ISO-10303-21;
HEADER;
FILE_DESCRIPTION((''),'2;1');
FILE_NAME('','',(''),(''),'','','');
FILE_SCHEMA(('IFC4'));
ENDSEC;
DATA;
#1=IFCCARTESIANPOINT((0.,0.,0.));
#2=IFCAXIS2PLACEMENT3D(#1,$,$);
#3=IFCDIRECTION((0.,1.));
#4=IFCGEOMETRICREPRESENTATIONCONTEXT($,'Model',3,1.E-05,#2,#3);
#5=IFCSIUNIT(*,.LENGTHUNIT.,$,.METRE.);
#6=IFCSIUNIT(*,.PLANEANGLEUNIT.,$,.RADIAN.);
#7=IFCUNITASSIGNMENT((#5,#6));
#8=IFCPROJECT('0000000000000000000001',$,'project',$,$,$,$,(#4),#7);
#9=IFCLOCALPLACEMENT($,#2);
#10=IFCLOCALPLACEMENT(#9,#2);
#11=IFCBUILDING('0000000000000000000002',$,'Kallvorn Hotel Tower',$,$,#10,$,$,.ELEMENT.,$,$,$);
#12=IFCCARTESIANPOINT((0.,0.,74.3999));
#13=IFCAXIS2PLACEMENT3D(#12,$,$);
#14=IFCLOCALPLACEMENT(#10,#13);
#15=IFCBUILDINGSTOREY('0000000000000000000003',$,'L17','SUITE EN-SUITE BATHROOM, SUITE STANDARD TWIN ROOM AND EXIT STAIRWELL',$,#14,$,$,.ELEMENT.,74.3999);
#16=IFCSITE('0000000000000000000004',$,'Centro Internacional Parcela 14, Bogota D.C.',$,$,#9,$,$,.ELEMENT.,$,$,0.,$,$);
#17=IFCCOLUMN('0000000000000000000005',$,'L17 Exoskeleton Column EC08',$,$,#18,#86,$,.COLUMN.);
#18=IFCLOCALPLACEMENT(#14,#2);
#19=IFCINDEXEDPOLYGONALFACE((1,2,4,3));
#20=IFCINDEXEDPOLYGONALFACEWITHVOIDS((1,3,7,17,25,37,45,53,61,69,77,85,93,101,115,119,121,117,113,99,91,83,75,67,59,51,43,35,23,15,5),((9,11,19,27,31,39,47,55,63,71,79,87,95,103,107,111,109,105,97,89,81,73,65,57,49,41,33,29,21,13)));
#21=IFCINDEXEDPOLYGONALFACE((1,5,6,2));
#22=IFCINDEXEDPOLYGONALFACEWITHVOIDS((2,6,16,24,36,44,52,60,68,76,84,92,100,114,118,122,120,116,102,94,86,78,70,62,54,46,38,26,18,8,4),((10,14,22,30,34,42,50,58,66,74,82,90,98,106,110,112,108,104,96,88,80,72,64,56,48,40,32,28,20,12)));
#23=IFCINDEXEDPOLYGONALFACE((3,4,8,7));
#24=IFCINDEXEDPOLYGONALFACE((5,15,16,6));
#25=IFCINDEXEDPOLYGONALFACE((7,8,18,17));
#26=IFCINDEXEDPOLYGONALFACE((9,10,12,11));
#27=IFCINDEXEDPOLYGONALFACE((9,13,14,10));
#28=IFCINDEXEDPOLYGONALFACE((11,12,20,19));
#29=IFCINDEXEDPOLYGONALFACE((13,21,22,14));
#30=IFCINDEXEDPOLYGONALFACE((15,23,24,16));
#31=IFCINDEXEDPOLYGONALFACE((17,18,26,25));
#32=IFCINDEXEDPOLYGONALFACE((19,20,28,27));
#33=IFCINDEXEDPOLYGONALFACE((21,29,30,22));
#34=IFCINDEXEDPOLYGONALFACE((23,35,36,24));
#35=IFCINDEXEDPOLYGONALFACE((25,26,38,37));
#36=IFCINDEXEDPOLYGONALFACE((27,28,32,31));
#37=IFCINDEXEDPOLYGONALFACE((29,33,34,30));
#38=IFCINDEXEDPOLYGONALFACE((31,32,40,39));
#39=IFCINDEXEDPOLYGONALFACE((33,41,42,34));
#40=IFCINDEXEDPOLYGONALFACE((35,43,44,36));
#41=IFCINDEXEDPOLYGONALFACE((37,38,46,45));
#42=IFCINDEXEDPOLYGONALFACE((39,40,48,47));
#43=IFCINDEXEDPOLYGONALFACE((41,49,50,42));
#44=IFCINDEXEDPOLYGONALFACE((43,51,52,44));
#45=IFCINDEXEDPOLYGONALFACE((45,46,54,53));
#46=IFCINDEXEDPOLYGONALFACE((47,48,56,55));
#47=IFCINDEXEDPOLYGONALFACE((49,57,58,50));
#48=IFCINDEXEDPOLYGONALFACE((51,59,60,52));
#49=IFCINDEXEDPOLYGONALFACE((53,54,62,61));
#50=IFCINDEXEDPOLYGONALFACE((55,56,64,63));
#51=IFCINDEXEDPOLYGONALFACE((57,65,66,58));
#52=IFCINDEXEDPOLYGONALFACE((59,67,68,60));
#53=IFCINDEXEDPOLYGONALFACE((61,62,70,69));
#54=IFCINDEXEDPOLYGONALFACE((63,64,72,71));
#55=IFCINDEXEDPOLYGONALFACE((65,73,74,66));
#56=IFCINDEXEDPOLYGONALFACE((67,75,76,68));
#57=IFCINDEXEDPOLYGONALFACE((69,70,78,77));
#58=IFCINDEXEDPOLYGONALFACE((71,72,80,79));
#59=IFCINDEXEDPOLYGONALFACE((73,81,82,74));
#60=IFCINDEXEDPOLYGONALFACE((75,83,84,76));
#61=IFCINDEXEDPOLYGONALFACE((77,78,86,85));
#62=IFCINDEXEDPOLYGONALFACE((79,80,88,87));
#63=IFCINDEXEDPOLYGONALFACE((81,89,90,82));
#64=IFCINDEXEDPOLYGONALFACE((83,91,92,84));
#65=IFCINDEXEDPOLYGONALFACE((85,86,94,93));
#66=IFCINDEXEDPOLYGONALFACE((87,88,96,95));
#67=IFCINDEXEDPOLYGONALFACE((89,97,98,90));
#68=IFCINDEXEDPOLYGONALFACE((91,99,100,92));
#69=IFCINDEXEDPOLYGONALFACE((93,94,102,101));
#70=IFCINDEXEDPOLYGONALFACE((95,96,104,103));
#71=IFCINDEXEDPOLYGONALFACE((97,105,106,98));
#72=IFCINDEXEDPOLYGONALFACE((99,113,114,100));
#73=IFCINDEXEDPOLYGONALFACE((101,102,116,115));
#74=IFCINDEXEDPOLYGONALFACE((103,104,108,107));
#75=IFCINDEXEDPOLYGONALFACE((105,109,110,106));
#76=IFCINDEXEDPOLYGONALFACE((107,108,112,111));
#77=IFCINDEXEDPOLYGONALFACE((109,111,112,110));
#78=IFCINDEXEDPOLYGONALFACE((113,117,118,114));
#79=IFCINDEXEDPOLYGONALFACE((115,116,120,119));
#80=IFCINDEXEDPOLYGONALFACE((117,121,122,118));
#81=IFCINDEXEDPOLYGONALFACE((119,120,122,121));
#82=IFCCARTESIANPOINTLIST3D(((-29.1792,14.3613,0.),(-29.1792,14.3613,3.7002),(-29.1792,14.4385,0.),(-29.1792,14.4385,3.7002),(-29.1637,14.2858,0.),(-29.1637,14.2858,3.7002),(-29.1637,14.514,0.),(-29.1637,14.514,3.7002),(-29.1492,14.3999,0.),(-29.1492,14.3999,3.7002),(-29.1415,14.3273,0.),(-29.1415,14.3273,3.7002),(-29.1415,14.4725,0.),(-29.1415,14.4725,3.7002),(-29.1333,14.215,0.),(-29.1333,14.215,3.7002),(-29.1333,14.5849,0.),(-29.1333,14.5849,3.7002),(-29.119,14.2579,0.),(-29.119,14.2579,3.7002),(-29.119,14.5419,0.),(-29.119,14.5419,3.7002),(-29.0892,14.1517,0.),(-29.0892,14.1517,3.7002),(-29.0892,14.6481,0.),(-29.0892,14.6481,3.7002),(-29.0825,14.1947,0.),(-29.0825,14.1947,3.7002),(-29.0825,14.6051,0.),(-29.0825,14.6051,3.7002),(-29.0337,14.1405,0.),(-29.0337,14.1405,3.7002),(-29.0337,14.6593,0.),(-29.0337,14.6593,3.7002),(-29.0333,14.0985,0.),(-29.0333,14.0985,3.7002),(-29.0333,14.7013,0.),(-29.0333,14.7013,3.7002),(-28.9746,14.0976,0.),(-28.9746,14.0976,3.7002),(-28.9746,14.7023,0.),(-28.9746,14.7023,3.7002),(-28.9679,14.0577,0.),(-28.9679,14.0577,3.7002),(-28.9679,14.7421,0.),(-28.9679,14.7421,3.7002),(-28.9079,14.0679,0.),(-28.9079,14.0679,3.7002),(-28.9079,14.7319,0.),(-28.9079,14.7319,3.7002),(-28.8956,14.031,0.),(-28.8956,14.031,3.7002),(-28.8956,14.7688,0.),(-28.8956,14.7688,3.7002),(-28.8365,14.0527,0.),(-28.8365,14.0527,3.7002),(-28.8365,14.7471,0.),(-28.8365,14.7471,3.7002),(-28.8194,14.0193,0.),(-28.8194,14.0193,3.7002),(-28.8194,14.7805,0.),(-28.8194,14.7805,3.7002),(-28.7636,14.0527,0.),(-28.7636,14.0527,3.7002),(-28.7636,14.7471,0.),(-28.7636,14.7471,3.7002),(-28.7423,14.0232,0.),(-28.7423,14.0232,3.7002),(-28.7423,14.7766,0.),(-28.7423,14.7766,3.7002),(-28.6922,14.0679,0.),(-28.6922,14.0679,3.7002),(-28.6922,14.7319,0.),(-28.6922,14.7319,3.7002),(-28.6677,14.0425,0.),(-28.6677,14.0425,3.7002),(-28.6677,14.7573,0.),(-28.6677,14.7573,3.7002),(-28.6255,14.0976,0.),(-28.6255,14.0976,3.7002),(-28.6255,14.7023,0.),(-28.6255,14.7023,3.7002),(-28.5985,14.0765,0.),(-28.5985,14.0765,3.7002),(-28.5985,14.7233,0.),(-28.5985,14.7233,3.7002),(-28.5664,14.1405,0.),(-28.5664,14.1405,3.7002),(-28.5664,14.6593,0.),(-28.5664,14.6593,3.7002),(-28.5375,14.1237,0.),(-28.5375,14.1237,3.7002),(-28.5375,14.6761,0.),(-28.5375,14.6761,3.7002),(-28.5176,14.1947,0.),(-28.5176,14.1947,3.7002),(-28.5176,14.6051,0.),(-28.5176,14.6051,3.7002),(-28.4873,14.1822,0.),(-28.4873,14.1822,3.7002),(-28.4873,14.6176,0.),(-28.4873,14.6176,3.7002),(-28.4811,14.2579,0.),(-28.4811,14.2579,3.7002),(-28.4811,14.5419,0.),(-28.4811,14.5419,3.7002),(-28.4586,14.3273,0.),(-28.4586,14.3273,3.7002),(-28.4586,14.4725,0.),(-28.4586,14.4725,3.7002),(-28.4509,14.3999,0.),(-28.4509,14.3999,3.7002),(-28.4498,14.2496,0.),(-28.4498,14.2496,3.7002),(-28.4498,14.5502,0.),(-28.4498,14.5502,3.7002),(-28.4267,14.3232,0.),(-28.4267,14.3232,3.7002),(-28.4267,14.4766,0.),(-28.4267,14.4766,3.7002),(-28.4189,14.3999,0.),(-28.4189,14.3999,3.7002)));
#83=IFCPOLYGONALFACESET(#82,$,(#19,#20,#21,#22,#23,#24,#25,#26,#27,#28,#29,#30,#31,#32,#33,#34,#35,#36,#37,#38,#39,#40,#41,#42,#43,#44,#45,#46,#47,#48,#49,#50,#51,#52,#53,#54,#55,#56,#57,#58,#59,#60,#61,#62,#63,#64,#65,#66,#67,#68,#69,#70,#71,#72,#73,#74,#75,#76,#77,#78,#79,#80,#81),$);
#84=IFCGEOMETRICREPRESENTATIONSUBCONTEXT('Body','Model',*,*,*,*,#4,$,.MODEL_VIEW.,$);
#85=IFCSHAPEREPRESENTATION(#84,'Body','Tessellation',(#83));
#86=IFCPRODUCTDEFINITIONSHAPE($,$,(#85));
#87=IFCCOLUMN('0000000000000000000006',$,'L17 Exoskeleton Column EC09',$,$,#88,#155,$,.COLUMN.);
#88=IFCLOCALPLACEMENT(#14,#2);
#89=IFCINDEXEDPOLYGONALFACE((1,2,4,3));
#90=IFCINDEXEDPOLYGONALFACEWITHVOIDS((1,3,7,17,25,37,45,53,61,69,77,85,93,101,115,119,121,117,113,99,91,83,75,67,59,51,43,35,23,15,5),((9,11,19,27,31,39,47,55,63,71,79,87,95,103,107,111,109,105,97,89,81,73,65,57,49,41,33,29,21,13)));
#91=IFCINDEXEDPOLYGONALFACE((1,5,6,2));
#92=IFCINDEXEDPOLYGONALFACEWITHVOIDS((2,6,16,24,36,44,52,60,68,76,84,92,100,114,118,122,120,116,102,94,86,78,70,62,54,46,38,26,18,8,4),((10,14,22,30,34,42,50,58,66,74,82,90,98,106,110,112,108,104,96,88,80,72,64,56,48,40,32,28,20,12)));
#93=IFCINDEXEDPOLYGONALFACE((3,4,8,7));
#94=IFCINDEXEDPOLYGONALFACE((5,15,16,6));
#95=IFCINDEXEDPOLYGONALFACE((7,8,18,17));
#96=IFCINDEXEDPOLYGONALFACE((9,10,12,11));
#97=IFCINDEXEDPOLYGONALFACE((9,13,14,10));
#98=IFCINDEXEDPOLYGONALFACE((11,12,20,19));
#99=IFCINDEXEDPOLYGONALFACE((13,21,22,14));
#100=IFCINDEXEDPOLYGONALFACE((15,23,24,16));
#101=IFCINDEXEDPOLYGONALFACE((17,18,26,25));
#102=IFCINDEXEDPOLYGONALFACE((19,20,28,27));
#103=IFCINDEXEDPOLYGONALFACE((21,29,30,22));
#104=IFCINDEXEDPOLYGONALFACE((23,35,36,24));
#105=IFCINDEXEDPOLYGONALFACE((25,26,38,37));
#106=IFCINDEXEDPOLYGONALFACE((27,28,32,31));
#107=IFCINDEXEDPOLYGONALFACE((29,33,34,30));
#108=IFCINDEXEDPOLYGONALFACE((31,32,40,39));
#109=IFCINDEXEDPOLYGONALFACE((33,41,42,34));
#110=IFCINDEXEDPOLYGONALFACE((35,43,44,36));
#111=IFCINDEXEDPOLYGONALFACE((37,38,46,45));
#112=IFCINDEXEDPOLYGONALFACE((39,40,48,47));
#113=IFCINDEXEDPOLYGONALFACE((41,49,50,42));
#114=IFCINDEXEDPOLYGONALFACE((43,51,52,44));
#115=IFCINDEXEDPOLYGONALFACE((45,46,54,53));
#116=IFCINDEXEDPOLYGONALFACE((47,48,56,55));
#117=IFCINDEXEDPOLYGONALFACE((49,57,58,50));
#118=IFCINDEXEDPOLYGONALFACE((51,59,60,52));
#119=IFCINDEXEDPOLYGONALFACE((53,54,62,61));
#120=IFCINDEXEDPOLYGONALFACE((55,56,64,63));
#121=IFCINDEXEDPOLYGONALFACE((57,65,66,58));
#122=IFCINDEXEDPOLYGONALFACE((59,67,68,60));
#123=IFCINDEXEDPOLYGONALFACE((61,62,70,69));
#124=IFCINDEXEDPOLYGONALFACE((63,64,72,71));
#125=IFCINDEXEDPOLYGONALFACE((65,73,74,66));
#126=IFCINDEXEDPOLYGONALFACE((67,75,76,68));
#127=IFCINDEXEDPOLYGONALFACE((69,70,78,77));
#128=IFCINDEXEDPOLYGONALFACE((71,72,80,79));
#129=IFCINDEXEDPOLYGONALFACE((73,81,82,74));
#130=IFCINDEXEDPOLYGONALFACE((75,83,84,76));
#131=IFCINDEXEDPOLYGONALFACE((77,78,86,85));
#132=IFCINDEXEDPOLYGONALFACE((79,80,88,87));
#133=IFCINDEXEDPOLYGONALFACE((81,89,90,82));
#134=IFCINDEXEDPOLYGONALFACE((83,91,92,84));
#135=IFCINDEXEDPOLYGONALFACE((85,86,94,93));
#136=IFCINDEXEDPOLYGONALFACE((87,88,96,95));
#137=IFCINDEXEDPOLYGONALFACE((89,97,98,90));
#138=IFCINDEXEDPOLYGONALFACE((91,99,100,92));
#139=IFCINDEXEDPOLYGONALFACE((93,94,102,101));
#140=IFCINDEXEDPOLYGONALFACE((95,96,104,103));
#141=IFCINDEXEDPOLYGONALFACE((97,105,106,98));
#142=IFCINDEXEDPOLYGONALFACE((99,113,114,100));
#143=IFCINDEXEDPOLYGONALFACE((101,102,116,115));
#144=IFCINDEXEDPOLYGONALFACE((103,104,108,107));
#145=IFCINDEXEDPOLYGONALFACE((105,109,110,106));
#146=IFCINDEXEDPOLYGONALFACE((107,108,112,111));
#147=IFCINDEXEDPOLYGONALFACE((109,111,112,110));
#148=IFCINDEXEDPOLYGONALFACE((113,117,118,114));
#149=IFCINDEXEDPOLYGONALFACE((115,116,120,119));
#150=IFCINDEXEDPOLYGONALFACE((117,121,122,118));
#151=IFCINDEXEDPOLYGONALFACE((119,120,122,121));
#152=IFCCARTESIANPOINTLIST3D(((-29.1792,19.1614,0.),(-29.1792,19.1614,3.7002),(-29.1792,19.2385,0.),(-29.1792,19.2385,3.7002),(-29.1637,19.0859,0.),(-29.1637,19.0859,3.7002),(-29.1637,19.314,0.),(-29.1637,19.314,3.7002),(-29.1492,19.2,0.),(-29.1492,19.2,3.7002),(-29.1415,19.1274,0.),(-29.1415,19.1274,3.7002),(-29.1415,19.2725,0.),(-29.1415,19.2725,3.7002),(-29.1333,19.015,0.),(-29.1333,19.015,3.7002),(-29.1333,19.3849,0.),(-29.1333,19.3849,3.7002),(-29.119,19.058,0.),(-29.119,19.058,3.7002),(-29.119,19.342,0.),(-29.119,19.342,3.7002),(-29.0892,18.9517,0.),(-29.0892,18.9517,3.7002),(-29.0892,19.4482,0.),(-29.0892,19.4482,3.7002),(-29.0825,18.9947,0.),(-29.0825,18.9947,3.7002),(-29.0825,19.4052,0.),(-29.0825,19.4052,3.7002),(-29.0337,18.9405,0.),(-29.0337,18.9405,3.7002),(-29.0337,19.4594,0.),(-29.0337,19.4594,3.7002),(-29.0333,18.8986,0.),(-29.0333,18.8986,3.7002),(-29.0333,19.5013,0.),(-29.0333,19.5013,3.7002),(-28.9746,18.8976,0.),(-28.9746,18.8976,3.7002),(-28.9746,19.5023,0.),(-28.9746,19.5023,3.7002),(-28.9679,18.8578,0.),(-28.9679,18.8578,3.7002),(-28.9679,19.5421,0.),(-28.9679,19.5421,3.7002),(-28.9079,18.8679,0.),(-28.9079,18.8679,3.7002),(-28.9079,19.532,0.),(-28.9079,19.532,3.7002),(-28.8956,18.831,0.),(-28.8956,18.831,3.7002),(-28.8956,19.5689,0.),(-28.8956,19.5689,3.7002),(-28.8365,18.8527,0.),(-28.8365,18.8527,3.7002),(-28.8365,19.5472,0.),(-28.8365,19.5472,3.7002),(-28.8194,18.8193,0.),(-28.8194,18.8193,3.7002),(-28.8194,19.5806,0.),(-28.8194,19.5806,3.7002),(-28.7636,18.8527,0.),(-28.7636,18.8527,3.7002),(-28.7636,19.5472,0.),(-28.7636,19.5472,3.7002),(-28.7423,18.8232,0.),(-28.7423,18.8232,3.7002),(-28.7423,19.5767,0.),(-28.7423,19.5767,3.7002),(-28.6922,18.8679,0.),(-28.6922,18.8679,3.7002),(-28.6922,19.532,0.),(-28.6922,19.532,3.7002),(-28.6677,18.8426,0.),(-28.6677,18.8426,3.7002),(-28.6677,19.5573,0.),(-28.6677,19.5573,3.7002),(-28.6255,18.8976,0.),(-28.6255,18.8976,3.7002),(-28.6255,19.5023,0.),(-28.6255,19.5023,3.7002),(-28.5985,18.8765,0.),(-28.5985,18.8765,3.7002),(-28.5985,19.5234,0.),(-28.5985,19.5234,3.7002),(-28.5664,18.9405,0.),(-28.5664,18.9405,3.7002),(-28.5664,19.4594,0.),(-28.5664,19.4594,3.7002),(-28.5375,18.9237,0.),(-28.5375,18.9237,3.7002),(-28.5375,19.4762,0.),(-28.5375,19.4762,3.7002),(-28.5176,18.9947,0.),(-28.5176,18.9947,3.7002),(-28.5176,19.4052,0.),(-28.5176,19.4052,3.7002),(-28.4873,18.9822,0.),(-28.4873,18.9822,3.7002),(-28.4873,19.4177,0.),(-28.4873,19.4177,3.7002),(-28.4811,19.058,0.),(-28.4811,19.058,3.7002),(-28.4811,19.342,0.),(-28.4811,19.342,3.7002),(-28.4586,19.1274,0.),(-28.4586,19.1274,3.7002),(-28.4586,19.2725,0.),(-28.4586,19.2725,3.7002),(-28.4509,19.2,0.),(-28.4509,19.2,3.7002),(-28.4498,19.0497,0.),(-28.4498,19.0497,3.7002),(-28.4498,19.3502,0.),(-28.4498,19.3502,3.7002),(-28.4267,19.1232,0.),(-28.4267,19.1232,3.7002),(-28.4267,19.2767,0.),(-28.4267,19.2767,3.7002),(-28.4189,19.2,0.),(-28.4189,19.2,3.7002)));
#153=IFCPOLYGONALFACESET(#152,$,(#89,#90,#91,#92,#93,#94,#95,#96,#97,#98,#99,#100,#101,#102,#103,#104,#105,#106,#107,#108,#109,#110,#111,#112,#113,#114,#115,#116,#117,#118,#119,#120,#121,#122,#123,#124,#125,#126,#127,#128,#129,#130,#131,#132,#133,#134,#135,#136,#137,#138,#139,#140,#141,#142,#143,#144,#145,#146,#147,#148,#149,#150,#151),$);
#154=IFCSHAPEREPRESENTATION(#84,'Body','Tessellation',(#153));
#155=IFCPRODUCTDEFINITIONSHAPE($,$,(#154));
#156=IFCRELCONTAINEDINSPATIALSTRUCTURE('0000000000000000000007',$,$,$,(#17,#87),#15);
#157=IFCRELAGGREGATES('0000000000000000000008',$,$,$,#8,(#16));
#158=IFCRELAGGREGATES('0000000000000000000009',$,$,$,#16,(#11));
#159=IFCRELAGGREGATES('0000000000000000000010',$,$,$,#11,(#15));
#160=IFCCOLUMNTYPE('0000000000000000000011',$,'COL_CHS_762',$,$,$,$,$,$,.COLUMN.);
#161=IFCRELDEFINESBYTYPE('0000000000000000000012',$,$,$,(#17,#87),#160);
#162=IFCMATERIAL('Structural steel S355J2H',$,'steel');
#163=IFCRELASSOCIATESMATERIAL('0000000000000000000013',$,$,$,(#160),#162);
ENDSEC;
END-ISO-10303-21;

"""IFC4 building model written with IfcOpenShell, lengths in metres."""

from ifc_helpers import new_model, si_unit, direction, frame, origin, origin_2d, place, context, subcontext, project, spatial, hollow_circle, extrude, material, material_profile, profile_set, type_object, element, save


model = new_model("IFC4")

# Units and contexts
model_context = context("Model", 3, precision=1e-05, world=origin(), true_north=direction((0.0, 1.0)))
body_context = subcontext(model_context, "Body", "Model", "MODEL_VIEW")
ifc_project = project(units=[si_unit("LENGTHUNIT", "METRE"), si_unit("PLANEANGLEUNIT", "RADIAN")], contexts=[model_context])

# Site, building, storey
site_placement = place(None, origin())
site = spatial("IfcSite", under=ifc_project, at=site_placement, Name="Centro Internacional Parcela 14, Bogota D.C.", CompositionType="ELEMENT", RefElevation=0.0)
building_placement = place(site_placement, origin())
building = spatial("IfcBuilding", under=site, at=building_placement, Name="Kallvorn Hotel Tower", CompositionType="ELEMENT")
storey_placement = place(building_placement, frame((0.0, 0.0, 74.3999)))
storey = spatial("IfcBuildingStorey", under=building, at=storey_placement, Name="L17", Description="SUITE EN-SUITE BATHROOM, SUITE STANDARD TWIN ROOM AND EXIT STAIRWELL", CompositionType="ELEMENT", Elevation=74.3999)

# Columns
ifc_material_1 = material(Name="Structural steel S355J2H", Category="steel")
ifc_material_profile_1 = material_profile(ifc_material_1, hollow_circle(Radius=0.3811, WallThickness=0.032, at=origin_2d()), Name="CHS 762x32")
ifc_profile_set_1 = profile_set([ifc_material_profile_1], Name="Structural steel S355J2H")
column_type_1 = type_object("IfcColumnType", Name="COL_CHS_762", PredefinedType="COLUMN", material=ifc_profile_set_1)
for number, where, z_axis, x_axis, name in (
    (1, (-28.8, 14.3999, 0.0), (0.0, 0.0, 1.0), (1.0, 0.0, 0.0), "L17 Exoskeleton Column EC08"),
    (2, (-28.8, 19.2, 0.0), (0.0, 0.0, 1.0), (1.0, 0.0, 0.0), "L17 Exoskeleton Column EC09"),
):
    element("IfcColumn", number, at=place(storey_placement, frame(where, z_axis=z_axis, x_axis=x_axis)), inside=storey, type_object=column_type_1, Name=name, PredefinedType="COLUMN", context=body_context, shape_type="SweptSolid", body=[
        extrude(hollow_circle(Radius=0.3811, WallThickness=0.032, at=origin_2d()), origin(), (0.0, 0.0, 1.0), 3.7002),
    ])

save(model, "model.ifc")
